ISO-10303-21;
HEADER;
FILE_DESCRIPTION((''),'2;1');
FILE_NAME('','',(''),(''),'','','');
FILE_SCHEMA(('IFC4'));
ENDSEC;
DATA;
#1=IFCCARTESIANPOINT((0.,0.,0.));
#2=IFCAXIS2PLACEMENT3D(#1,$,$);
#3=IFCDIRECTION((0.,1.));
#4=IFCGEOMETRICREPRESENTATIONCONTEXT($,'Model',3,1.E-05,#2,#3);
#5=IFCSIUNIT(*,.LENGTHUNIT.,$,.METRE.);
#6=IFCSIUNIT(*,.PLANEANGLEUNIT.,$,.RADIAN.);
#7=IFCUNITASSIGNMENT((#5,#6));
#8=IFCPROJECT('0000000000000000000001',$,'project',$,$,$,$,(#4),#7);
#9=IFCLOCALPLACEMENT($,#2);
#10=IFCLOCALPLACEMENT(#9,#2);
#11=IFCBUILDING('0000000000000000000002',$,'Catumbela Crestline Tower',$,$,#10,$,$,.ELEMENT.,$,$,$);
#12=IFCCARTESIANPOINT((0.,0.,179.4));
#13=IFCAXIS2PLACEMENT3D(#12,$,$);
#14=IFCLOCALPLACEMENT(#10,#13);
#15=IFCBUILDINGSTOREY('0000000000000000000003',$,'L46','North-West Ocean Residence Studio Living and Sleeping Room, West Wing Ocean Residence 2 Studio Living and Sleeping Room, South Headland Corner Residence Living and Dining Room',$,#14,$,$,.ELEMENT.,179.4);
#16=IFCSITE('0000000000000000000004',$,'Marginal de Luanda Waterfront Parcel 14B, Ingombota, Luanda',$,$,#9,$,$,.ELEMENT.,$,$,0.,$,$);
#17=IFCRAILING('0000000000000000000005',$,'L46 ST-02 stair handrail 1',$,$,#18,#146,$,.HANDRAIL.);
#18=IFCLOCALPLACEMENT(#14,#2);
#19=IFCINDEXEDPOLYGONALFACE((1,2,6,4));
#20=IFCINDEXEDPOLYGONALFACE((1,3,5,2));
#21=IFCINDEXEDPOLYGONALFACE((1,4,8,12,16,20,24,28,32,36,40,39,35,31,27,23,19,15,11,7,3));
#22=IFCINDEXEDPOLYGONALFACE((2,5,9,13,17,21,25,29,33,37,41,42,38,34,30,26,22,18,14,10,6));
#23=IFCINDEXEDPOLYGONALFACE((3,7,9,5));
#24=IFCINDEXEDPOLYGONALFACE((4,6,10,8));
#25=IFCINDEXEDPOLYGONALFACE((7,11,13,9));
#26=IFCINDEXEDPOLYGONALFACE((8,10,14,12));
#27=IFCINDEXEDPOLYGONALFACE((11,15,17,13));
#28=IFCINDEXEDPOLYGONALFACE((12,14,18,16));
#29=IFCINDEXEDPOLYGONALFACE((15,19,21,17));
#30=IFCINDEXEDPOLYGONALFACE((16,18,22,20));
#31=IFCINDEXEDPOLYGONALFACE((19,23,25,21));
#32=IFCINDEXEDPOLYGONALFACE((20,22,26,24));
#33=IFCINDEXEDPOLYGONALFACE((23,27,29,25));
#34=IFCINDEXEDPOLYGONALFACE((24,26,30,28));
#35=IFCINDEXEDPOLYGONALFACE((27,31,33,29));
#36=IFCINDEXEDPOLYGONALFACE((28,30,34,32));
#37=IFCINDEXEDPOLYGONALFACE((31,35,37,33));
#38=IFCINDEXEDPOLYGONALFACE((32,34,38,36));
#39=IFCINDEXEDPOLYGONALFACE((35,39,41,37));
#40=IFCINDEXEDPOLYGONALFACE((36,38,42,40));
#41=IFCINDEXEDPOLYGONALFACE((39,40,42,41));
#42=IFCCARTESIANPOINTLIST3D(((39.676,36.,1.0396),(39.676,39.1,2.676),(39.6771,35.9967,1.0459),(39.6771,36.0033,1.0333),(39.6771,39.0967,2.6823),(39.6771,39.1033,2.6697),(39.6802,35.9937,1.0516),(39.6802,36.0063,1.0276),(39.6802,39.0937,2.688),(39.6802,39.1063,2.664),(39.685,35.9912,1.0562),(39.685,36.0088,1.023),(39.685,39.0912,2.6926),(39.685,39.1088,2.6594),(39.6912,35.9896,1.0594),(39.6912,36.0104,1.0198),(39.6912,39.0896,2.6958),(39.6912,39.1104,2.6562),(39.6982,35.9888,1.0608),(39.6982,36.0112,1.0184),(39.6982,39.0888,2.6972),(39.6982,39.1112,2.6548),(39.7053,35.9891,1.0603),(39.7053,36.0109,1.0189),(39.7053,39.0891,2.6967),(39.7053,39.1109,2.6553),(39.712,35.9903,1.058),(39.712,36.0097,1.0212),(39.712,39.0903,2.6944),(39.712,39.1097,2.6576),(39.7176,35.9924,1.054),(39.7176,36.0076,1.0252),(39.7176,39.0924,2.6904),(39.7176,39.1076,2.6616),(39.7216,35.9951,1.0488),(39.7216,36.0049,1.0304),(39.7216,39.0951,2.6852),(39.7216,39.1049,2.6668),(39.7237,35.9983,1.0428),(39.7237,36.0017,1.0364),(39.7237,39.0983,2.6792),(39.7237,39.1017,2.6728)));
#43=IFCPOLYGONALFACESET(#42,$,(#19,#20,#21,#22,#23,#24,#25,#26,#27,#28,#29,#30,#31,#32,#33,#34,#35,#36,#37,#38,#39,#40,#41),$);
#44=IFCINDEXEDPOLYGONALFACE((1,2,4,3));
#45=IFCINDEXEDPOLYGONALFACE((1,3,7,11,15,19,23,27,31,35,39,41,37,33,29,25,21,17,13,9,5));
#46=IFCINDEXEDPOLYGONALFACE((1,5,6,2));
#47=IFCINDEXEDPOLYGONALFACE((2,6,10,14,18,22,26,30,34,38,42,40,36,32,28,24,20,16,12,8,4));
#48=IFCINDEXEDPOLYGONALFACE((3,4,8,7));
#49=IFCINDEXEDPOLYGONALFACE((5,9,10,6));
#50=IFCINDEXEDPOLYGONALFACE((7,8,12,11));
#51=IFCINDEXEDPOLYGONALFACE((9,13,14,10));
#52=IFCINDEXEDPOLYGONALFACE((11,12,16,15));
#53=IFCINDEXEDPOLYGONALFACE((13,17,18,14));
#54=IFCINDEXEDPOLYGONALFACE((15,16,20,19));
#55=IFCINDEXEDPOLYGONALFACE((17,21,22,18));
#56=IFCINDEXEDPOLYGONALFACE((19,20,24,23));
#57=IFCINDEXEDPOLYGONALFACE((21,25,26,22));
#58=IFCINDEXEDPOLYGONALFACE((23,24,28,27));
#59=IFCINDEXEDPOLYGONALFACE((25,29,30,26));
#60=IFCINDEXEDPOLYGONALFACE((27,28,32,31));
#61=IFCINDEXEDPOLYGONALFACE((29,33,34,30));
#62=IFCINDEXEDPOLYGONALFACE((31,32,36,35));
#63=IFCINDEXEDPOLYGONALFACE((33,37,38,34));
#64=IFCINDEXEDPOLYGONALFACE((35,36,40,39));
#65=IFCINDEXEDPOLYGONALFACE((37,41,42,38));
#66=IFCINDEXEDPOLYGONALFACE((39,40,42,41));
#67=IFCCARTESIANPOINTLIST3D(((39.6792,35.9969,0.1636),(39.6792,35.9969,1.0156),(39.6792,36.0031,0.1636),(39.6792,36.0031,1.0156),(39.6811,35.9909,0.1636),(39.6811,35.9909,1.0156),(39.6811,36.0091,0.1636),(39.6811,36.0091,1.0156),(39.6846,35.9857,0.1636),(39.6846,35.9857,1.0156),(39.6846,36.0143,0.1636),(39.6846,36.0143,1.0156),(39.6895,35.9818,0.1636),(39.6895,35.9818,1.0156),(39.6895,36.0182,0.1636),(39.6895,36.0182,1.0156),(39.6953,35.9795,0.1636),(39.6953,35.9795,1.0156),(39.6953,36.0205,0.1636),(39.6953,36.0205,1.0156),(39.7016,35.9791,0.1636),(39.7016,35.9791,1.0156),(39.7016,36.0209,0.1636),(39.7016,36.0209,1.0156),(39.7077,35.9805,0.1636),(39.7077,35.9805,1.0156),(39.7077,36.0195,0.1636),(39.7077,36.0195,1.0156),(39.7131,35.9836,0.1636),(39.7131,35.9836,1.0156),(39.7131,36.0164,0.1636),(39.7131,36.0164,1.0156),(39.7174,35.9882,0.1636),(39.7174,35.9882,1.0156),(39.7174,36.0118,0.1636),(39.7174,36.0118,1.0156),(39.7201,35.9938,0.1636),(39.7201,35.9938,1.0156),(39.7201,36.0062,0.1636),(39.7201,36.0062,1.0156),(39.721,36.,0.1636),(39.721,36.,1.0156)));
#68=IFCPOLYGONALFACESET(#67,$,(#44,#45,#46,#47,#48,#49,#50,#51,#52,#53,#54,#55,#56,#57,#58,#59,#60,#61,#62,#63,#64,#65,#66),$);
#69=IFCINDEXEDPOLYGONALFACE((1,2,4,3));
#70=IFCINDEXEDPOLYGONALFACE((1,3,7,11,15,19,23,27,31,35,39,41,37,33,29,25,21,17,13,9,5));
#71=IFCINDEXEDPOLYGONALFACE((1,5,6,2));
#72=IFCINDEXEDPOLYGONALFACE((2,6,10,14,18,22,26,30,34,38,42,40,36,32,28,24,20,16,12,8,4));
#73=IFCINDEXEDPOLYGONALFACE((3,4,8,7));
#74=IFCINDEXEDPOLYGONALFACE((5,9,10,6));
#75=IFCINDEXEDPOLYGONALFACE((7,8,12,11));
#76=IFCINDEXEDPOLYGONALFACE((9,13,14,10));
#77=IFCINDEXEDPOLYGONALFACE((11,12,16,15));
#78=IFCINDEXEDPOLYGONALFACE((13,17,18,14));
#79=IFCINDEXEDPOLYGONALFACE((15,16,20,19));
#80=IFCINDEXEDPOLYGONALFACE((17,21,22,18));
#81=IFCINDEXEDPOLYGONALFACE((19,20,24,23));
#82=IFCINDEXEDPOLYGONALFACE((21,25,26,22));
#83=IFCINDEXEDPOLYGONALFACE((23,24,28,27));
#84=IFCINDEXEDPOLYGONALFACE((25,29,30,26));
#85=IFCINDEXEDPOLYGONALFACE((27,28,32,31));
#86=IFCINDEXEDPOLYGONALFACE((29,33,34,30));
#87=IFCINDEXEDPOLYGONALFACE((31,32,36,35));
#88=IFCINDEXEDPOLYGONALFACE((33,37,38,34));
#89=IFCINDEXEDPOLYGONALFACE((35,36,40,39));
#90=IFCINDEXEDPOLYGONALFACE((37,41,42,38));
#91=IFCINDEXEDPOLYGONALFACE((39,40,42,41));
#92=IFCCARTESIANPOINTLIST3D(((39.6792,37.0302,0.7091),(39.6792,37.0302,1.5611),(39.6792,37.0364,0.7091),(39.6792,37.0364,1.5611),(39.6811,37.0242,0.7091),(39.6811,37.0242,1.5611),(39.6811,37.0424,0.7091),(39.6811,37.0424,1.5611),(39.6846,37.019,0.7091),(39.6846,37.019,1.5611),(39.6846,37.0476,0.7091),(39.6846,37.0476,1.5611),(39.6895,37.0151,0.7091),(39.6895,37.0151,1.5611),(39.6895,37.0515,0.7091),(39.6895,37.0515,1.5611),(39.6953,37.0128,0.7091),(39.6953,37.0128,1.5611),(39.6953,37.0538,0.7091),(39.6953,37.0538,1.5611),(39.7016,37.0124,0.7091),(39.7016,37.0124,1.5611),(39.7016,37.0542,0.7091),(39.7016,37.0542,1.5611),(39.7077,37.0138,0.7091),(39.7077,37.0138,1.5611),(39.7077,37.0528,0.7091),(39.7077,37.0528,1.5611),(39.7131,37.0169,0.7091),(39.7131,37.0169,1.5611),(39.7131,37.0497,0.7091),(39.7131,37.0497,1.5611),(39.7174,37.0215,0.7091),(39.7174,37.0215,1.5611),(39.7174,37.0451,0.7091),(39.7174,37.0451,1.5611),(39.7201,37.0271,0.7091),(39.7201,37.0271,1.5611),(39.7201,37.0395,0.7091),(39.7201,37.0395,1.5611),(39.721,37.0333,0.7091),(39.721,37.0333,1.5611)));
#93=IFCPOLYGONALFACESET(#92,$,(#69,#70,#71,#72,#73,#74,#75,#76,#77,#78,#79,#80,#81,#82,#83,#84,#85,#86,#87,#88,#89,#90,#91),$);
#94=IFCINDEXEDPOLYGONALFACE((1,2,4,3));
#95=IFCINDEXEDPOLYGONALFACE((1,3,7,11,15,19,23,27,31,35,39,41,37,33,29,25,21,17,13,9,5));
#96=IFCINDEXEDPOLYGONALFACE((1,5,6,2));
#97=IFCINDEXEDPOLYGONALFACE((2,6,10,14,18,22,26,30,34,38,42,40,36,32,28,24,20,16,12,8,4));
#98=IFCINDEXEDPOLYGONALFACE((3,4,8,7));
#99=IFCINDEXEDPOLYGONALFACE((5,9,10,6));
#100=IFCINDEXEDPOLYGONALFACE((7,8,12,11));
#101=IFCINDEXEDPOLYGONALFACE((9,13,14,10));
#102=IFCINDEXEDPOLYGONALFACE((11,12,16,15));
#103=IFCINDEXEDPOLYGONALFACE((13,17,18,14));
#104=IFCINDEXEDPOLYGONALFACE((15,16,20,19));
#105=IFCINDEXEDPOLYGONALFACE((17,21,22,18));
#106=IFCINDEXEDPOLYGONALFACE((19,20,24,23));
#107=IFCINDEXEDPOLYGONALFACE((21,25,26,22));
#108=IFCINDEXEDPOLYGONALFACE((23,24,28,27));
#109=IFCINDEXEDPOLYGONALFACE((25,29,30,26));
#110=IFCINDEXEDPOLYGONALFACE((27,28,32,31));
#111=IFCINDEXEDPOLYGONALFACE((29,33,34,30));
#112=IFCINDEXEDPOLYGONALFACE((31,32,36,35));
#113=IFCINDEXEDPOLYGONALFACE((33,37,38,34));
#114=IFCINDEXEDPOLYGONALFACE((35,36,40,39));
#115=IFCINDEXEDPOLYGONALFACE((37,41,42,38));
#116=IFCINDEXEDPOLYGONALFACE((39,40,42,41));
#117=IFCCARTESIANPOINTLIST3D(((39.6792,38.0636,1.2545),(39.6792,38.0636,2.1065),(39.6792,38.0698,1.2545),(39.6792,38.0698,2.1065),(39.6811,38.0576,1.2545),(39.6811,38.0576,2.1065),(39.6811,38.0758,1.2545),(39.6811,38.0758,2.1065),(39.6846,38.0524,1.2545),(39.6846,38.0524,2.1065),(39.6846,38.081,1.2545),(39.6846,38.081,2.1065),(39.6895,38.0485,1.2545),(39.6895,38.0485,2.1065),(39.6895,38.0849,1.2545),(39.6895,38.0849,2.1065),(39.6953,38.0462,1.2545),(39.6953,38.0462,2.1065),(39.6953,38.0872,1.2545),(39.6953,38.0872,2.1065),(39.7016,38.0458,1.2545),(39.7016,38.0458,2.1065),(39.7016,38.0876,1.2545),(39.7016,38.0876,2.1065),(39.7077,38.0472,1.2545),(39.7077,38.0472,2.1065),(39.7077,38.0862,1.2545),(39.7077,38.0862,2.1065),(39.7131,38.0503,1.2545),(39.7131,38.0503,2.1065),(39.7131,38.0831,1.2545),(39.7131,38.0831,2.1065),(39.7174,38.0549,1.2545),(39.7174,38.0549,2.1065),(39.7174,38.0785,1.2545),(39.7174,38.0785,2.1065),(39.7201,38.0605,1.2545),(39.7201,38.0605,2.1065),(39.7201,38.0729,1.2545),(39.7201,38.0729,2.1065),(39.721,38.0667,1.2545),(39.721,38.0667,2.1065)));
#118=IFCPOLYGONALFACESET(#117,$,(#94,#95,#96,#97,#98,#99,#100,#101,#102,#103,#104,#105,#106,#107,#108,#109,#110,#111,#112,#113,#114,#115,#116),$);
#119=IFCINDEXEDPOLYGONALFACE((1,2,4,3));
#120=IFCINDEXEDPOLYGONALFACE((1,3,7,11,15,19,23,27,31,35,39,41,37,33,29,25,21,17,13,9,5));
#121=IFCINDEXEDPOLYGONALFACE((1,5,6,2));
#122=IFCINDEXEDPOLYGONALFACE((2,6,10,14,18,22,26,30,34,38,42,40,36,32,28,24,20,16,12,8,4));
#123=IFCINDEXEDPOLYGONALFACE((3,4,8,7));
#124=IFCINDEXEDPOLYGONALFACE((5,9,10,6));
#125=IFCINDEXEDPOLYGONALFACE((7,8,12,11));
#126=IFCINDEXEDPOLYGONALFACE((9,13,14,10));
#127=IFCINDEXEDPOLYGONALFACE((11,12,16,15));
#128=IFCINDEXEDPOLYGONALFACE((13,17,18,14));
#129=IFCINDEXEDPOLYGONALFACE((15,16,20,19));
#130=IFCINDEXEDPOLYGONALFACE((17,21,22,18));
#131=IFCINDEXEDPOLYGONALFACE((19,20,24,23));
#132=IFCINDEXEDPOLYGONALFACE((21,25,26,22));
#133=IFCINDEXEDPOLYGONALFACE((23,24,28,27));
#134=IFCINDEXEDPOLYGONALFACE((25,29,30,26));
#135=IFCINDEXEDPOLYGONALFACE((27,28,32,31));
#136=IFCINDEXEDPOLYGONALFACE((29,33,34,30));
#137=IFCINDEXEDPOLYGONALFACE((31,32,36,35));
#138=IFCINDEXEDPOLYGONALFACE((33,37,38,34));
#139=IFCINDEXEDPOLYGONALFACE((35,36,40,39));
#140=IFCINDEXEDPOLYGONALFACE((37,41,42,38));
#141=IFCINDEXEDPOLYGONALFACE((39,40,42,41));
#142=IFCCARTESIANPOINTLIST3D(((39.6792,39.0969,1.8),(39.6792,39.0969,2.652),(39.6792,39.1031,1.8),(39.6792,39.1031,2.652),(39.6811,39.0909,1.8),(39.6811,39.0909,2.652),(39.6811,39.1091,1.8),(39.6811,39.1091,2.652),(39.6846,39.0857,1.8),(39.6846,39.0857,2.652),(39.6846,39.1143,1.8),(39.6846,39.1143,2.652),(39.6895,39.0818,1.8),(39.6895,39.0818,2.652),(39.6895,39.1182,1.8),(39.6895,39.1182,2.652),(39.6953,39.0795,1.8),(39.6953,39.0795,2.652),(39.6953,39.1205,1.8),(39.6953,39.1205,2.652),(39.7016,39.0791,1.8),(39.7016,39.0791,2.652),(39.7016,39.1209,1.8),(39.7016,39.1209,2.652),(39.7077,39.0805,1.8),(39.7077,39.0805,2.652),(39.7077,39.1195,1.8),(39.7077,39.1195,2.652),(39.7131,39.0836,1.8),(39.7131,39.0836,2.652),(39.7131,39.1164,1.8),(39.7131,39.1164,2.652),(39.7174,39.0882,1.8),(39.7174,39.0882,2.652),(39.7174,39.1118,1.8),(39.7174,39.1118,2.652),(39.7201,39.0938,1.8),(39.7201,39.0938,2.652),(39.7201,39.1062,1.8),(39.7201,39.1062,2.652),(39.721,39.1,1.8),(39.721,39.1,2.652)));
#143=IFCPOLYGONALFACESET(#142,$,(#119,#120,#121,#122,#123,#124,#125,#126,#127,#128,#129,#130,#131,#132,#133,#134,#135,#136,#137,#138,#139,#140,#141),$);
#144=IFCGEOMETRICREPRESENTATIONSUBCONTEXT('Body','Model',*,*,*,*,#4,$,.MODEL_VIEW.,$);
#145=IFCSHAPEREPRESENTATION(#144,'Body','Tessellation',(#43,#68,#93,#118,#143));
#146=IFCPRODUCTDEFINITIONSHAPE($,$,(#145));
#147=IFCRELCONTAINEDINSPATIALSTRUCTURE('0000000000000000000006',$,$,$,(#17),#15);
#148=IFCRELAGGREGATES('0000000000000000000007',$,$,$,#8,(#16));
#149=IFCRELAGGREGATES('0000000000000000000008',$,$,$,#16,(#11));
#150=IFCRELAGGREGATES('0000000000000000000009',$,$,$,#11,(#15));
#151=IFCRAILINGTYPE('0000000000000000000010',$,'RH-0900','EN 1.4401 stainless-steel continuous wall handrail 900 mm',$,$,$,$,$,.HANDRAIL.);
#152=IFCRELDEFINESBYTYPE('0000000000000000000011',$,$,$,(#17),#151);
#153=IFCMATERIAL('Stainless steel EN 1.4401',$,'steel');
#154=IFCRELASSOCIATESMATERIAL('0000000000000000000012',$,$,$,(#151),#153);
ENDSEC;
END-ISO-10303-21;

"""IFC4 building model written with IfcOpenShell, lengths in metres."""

from ifc_helpers import new_model, si_unit, direction, frame, origin, origin_2d, place, context, subcontext, project, spatial, circle, extrude, material, type_object, element, save


model = new_model("IFC4")

# Units and contexts
model_context = context("Model", 3, precision=1e-05, world=origin(), true_north=direction((0.0, 1.0)))
body_context = subcontext(model_context, "Body", "Model", "MODEL_VIEW")
ifc_project = project(units=[si_unit("LENGTHUNIT", "METRE"), si_unit("PLANEANGLEUNIT", "RADIAN")], contexts=[model_context])

# Site, building, storey
site_placement = place(None, origin())
site = spatial("IfcSite", under=ifc_project, at=site_placement, Name="Marginal de Luanda Waterfront Parcel 14B, Ingombota, Luanda", CompositionType="ELEMENT", RefElevation=0.0)
building_placement = place(site_placement, origin())
building = spatial("IfcBuilding", under=site, at=building_placement, Name="Catumbela Crestline Tower", CompositionType="ELEMENT")
storey_placement = place(building_placement, frame((0.0, 0.0, 179.4)))
storey = spatial("IfcBuildingStorey", under=building, at=storey_placement, Name="L46", Description="North-West Ocean Residence Studio Living and Sleeping Room, West Wing Ocean Residence 2 Studio Living and Sleeping Room, South Headland Corner Residence Living and Dining Room", CompositionType="ELEMENT", Elevation=179.4)

# Shared definitions
ifc_material_1 = material(Name="Stainless steel EN 1.4401", Category="steel")

# Railing
railing_type_1 = type_object("IfcRailingType", Name="RH-0900", Description="EN 1.4401 stainless-steel continuous wall handrail 900 mm", PredefinedType="HANDRAIL", material=ifc_material_1)
railing_1_placement = place(storey_placement, frame((39.7, 36.0, 0.1636)))
element("IfcRailing", 1, at=railing_1_placement, inside=storey, type_object=railing_type_1, Name="L46 ST-02 stair handrail 1", PredefinedType="HANDRAIL", context=body_context, shape_type="SweptSolid", body=[
    extrude(circle(Radius=0.024, at=origin_2d()), frame((0.0, 0.0, 0.876), z_axis=(0.0, 0.884351, 0.466823), x_axis=(-1.0, 0.0, 0.0)), (0.0, 0.0, 1.0), 3.5054),
    extrude(circle(Radius=0.021, at=origin_2d()), origin(), (0.0, 0.0, 1.0), 0.852),
    extrude(circle(Radius=0.021, at=origin_2d()), frame((0.0, 1.0333, 0.5455)), (0.0, 0.0, 1.0), 0.852),
    extrude(circle(Radius=0.021, at=origin_2d()), frame((0.0, 2.0667, 1.0909)), (0.0, 0.0, 1.0), 0.852),
    extrude(circle(Radius=0.021, at=origin_2d()), frame((0.0, 3.1, 1.6364)), (0.0, 0.0, 1.0), 0.852),
])

save(model, "model.ifc")
